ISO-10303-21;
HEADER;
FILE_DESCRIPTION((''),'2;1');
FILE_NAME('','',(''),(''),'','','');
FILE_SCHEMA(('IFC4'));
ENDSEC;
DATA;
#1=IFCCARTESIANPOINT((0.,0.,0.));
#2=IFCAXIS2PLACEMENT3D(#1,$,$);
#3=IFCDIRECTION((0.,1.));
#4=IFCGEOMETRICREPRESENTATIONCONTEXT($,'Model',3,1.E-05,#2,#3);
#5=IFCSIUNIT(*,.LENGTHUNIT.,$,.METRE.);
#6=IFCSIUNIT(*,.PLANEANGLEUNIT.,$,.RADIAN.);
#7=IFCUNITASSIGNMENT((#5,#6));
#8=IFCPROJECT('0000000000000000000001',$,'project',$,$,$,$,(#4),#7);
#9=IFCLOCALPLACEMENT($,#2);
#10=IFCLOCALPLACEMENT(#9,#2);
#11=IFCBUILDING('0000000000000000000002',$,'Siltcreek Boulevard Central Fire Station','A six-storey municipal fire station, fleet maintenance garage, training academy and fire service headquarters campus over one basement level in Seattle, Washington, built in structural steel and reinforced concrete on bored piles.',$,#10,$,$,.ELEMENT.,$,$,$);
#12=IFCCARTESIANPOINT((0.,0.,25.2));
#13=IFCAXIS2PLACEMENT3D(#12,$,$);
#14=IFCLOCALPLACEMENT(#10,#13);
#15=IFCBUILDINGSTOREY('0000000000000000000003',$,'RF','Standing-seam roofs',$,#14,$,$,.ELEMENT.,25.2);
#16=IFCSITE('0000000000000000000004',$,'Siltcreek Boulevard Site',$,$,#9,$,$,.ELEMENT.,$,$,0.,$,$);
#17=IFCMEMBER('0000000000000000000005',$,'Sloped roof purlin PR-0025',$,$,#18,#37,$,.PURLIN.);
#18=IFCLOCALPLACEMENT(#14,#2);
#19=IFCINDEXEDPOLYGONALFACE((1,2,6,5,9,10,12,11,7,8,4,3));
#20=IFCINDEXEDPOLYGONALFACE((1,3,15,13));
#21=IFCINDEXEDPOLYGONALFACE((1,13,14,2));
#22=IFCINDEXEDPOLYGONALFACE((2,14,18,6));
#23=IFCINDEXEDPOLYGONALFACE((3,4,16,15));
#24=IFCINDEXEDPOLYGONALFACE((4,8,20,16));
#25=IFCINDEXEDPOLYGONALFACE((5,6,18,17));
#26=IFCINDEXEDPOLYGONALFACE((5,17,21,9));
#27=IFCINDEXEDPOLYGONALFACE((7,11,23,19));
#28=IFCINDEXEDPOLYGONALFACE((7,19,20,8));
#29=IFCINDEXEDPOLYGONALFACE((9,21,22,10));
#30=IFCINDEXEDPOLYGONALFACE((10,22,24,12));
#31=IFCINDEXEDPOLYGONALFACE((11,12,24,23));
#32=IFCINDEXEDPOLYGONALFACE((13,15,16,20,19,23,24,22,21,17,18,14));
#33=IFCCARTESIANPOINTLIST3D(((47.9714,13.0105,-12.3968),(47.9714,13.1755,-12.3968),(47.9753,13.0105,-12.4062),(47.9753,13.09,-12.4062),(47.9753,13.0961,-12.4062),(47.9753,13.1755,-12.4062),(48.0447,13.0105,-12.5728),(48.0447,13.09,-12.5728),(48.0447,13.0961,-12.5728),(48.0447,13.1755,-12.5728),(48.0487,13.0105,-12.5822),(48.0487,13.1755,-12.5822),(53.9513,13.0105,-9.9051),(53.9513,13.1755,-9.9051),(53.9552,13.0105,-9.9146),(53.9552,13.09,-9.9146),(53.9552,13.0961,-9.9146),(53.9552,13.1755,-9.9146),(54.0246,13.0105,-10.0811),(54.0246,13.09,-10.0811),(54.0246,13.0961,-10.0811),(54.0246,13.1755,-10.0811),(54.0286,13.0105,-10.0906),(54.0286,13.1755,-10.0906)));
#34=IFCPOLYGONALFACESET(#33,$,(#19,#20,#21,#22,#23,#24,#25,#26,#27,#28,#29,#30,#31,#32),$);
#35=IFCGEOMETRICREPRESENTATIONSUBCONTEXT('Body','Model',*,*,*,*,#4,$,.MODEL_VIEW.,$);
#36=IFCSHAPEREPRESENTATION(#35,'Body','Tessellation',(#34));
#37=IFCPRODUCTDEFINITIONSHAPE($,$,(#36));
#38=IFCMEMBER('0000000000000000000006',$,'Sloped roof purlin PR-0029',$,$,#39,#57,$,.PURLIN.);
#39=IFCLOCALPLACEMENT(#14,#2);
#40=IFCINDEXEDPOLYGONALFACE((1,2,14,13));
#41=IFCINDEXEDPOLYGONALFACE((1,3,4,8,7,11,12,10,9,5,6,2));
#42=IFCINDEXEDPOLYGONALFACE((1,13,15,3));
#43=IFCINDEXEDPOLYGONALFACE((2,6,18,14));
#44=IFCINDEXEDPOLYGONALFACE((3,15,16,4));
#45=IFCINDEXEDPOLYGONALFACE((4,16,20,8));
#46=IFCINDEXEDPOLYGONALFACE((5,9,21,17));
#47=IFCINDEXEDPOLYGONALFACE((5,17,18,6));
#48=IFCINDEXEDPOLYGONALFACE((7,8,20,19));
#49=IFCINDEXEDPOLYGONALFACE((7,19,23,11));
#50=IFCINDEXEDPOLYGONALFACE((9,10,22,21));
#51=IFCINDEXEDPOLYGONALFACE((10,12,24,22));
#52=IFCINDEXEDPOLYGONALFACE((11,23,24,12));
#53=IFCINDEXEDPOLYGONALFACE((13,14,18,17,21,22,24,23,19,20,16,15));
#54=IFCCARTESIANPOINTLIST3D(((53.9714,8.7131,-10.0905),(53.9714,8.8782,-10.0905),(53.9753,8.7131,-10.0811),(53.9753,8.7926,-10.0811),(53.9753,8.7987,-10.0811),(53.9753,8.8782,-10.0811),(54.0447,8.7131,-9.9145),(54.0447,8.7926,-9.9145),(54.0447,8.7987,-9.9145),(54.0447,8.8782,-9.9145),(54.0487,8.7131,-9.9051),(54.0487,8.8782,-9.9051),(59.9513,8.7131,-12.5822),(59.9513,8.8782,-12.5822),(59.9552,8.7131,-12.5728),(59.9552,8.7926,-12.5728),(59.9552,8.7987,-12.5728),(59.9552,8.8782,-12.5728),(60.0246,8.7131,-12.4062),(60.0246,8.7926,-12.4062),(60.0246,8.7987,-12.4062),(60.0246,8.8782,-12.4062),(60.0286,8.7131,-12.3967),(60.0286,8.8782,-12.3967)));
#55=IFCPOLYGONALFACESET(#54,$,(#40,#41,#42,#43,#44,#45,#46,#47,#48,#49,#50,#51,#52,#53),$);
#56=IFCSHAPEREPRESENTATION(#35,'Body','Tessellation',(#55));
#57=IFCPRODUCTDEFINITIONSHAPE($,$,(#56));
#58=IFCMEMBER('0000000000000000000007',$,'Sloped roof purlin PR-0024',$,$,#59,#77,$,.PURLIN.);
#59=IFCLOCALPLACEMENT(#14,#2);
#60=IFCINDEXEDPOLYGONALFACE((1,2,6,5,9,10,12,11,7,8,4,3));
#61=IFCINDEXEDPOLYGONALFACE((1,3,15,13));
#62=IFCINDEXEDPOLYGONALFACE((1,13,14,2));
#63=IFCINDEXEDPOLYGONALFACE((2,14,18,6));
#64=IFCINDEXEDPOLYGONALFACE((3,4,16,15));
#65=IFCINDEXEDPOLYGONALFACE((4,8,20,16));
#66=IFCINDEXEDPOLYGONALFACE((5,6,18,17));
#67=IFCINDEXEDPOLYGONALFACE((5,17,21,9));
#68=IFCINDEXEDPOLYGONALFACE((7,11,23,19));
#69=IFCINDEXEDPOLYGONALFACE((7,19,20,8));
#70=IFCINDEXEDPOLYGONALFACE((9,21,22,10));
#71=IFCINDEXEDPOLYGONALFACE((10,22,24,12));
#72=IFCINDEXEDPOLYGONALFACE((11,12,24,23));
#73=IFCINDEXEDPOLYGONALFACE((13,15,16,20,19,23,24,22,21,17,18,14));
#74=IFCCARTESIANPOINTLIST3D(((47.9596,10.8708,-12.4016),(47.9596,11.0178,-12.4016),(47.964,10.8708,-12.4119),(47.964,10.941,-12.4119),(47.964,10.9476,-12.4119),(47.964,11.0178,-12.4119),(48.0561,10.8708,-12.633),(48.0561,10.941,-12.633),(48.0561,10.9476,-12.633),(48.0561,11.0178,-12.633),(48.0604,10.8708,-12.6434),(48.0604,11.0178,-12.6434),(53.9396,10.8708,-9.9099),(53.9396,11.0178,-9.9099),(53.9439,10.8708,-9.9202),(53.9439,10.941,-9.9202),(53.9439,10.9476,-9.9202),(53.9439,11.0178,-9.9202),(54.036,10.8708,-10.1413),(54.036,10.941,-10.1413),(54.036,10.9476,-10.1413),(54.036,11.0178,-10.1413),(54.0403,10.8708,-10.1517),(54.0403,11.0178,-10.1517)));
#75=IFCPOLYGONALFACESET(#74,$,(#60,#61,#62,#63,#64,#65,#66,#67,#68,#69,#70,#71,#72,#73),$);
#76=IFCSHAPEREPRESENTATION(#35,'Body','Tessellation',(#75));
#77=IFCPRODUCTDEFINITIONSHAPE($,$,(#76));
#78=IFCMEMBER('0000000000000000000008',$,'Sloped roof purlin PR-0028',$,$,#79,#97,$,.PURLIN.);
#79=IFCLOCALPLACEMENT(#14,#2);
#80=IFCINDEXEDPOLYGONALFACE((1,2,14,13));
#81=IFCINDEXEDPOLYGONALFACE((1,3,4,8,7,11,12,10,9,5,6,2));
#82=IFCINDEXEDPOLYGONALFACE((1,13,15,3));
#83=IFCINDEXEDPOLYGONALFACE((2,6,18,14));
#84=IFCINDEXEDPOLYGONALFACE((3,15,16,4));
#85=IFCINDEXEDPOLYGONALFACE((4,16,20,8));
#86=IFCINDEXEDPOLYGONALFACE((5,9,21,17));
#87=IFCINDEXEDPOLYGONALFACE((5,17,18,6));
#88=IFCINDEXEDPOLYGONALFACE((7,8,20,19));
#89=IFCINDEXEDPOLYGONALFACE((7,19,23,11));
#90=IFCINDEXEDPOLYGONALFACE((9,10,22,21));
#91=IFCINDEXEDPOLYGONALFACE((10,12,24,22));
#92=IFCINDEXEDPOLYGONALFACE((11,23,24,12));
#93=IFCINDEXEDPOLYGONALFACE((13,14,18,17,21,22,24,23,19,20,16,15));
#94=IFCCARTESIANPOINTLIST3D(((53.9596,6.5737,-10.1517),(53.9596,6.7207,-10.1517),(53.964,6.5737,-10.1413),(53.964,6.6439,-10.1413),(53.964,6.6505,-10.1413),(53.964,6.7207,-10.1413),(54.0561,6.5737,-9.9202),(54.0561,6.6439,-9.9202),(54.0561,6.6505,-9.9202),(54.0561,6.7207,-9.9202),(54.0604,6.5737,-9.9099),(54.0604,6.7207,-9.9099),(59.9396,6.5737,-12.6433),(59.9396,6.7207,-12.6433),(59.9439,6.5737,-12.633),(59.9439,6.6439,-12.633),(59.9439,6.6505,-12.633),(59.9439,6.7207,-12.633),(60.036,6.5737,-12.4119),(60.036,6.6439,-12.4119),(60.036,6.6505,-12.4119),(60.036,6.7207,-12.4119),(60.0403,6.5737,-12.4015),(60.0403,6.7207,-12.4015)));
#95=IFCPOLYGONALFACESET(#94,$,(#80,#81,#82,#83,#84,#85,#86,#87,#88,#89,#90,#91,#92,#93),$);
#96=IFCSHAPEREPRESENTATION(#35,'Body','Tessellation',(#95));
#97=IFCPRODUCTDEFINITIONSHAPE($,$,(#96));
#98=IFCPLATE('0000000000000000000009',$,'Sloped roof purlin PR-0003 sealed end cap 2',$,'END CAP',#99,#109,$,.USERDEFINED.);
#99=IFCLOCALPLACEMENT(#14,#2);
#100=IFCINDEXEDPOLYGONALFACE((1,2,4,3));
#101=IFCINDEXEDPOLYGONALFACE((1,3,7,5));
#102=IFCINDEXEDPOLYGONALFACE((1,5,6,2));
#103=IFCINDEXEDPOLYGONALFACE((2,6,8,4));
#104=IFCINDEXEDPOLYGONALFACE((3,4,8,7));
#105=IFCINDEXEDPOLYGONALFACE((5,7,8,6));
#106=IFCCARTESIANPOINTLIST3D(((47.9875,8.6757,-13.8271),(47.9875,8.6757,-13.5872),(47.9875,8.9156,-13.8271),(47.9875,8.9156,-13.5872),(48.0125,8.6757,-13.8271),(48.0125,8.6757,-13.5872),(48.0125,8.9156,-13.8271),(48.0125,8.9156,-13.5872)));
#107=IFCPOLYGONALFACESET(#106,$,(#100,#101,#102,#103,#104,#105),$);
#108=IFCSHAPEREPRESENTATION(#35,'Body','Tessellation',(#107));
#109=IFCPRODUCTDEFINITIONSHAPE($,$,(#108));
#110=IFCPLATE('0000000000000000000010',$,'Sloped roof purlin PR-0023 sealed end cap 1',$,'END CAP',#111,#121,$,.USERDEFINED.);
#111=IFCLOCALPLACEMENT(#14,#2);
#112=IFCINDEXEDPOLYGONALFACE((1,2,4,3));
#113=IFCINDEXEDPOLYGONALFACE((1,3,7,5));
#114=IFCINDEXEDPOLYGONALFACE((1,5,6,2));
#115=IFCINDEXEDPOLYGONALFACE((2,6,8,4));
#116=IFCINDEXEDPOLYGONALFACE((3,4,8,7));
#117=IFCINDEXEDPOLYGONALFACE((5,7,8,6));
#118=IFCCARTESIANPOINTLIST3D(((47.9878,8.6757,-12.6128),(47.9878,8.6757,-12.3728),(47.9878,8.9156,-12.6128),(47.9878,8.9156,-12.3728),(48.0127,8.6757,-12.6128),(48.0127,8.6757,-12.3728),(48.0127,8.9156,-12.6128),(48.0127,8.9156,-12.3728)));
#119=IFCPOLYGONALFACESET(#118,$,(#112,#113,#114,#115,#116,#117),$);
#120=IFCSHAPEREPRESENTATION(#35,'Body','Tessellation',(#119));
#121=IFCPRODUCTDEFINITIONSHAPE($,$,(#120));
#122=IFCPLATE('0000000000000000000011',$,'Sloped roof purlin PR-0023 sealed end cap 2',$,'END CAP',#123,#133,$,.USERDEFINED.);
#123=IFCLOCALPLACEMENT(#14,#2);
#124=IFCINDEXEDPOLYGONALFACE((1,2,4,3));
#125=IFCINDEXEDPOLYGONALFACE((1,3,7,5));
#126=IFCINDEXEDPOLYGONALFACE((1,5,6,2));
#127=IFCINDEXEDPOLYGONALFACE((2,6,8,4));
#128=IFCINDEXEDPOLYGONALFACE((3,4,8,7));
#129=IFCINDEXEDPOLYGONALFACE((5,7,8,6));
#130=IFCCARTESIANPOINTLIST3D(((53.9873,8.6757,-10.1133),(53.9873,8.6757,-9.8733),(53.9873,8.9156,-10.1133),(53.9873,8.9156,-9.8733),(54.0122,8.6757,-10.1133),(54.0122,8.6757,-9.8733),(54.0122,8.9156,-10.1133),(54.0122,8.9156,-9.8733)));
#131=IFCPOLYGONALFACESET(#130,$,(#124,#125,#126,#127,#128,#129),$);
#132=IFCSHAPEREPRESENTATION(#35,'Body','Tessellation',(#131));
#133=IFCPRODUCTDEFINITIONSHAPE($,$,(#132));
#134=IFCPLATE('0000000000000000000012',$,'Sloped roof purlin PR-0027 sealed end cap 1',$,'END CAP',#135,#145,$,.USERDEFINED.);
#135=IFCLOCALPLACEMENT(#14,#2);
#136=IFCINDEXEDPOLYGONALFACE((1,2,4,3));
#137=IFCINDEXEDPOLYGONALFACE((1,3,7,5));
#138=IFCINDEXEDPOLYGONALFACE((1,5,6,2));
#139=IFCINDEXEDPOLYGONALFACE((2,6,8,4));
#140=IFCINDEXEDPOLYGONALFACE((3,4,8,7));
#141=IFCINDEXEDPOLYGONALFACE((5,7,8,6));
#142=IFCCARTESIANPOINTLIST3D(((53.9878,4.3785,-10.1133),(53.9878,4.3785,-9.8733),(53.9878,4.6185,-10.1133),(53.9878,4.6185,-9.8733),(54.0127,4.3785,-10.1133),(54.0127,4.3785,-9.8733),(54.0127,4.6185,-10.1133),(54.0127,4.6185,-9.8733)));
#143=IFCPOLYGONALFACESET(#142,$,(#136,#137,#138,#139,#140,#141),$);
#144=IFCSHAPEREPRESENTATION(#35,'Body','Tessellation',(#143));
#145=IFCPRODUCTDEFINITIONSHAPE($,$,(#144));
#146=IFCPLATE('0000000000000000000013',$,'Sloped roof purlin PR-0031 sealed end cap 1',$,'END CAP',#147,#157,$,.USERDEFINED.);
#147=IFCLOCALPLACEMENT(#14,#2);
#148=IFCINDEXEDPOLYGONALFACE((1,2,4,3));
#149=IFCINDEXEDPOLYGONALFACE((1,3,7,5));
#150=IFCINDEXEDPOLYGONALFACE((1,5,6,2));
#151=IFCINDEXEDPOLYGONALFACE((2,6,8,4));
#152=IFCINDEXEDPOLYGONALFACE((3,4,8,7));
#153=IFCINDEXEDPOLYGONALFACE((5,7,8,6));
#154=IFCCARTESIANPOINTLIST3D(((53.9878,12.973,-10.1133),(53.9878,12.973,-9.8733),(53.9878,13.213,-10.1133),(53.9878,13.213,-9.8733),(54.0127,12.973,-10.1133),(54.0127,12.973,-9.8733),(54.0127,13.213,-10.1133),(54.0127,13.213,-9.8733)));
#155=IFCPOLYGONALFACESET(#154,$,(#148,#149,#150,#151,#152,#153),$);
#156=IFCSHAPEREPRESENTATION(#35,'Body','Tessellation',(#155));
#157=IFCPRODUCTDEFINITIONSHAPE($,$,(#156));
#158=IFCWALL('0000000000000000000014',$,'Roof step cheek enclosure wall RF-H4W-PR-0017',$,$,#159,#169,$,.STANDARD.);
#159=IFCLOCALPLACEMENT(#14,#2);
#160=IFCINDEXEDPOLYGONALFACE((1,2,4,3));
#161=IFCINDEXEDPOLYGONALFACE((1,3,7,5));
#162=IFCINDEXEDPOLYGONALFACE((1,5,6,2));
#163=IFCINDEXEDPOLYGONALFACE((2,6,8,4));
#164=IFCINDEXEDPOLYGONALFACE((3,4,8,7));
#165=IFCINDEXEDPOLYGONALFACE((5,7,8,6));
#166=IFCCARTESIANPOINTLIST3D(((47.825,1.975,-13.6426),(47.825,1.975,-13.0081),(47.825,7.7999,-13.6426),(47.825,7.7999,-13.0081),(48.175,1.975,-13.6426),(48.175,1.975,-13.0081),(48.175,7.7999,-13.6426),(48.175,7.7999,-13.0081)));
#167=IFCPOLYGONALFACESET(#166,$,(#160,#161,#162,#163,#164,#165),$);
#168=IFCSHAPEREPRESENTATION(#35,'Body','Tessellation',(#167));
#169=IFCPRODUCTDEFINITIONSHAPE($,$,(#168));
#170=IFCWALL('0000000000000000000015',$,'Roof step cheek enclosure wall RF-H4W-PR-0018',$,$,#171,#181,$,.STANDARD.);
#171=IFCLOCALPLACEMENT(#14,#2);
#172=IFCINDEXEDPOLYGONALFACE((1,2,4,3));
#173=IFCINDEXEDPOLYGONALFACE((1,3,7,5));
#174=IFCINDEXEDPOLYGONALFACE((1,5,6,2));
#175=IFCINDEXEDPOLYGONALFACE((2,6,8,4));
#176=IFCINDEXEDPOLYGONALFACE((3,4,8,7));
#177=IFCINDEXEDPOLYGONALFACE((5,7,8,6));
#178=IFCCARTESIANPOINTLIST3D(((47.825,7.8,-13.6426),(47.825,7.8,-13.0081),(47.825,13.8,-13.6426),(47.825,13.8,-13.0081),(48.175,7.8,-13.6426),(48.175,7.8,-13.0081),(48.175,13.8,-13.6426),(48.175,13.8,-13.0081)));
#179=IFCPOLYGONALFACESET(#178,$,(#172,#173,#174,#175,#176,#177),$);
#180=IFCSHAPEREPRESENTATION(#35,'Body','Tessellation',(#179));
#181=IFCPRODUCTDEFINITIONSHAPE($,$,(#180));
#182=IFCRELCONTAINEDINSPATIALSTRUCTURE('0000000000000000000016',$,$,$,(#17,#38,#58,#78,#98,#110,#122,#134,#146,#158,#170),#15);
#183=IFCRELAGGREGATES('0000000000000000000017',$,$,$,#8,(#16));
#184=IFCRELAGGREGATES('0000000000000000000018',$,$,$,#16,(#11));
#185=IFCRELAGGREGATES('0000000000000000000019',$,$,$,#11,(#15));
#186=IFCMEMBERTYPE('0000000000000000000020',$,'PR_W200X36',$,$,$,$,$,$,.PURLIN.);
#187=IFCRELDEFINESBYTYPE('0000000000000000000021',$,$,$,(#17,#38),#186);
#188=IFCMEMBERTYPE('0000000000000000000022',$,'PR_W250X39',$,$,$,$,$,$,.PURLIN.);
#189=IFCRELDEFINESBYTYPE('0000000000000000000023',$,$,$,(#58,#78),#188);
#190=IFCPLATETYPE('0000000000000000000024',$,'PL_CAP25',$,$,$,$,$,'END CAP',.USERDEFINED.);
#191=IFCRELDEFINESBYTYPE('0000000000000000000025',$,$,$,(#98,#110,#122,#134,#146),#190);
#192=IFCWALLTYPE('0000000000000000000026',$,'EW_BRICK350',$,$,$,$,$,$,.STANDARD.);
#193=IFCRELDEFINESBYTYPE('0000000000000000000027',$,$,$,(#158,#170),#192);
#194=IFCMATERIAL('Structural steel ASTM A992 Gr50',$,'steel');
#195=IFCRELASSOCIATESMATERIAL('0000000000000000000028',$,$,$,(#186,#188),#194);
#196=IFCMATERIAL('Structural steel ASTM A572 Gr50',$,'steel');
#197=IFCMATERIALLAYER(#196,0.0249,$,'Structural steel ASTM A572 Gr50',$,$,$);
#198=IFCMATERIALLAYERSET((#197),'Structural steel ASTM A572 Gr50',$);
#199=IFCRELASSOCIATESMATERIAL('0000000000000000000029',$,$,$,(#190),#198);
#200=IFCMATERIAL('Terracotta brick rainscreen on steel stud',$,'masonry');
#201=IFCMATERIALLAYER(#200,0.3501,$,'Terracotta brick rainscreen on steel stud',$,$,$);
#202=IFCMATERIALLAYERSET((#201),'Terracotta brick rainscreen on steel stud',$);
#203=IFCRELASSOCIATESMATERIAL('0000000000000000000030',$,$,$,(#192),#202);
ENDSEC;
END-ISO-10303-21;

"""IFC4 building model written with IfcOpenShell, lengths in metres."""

from ifc_helpers import new_model, si_unit, direction, frame, frame_2d, origin, origin_2d, place, context, subcontext, project, spatial, rectangle, i_section, extrude, material, layer, layer_set, material_profile, profile_set, type_object, element, save


model = new_model("IFC4")

# Units and contexts
model_context = context("Model", 3, precision=1e-05, world=origin(), true_north=direction((0.0, 1.0)))
body_context = subcontext(model_context, "Body", "Model", "MODEL_VIEW")
ifc_project = project(units=[si_unit("LENGTHUNIT", "METRE"), si_unit("PLANEANGLEUNIT", "RADIAN")], contexts=[model_context])

# Site, building, storey
site_placement = place(None, origin())
site = spatial("IfcSite", under=ifc_project, at=site_placement, Name="Siltcreek Boulevard Site", CompositionType="ELEMENT", RefElevation=0.0)
building_placement = place(site_placement, origin())
building = spatial("IfcBuilding", under=site, at=building_placement, Name="Siltcreek Boulevard Central Fire Station", Description="A six-storey municipal fire station, fleet maintenance garage, training academy and fire service headquarters campus over one basement level in Seattle, Washington, built in structural steel and reinforced concrete on bored piles.", CompositionType="ELEMENT")
storey_placement = place(building_placement, frame((0.0, 0.0, 25.2)))
storey = spatial("IfcBuildingStorey", under=building, at=storey_placement, Name="RF", Description="Standing-seam roofs", CompositionType="ELEMENT", Elevation=25.2)

# Members
ifc_material_1 = material(Name="Structural steel ASTM A992 Gr50", Category="steel")
ifc_material_profile_1 = material_profile(ifc_material_1, i_section(OverallWidth=0.165, OverallDepth=0.2009, WebThickness=0.0061, FlangeThickness=0.0103, at=origin_2d()), Name="W200X36")
ifc_profile_set_1 = profile_set([ifc_material_profile_1], Name="Structural steel ASTM A992 Gr50")
member_type_1 = type_object("IfcMemberType", Name="PR_W200X36", PredefinedType="PURLIN", material=ifc_profile_set_1)
for number, where, z_axis, x_axis, name in (
    (1, (48.01, 13.093, -12.4895), (0.923075, 0.0, 0.384621), (0.0, 1.0, 0.0), "Sloped roof purlin PR-0025"),
    (2, (54.01, 8.7957, -9.9978), (0.923075, 0.0, -0.384621), (0.0, 1.0, 0.0), "Sloped roof purlin PR-0029"),
):
    element("IfcMember", number, at=place(storey_placement, frame(where, z_axis=z_axis, x_axis=x_axis)), inside=storey, type_object=member_type_1, Name=name, PredefinedType="PURLIN", context=body_context, shape_type="SweptSolid", body=[
        extrude(i_section(OverallWidth=0.165, OverallDepth=0.2009, WebThickness=0.0061, FlangeThickness=0.0103, at=origin_2d()), origin(), (0.0, 0.0, 1.0), 6.4783),
    ])
ifc_material_profile_2 = material_profile(ifc_material_1, i_section(OverallWidth=0.147, OverallDepth=0.262, WebThickness=0.0066, FlangeThickness=0.0112, at=origin_2d()), Name="W250X39")
ifc_profile_set_2 = profile_set([ifc_material_profile_2], Name="Structural steel ASTM A992 Gr50")
member_type_2 = type_object("IfcMemberType", Name="PR_W250X39", PredefinedType="PURLIN", material=ifc_profile_set_2)
for number, where, z_axis, x_axis, name in (
    (3, (48.01, 10.9443, -12.5225), (0.923075, 0.0, 0.384621), (0.0, 1.0, 0.0), "Sloped roof purlin PR-0024"),
    (4, (54.01, 6.6472, -10.0308), (0.923075, 0.0, -0.384621), (0.0, 1.0, 0.0), "Sloped roof purlin PR-0028"),
):
    element("IfcMember", number, at=place(storey_placement, frame(where, z_axis=z_axis, x_axis=x_axis)), inside=storey, type_object=member_type_2, Name=name, PredefinedType="PURLIN", context=body_context, shape_type="SweptSolid", body=[
        extrude(i_section(OverallWidth=0.147, OverallDepth=0.262, WebThickness=0.0066, FlangeThickness=0.0112, at=origin_2d()), origin(), (0.0, 0.0, 1.0), 6.4783),
    ])

# Plates
ifc_material_2 = material(Name="Structural steel ASTM A572 Gr50", Category="steel")
ifc_layer_1 = layer(ifc_material_2, 0.0249, Name="Structural steel ASTM A572 Gr50")
ifc_layer_set_1 = layer_set([ifc_layer_1], Name="Structural steel ASTM A572 Gr50")
plate_type = type_object("IfcPlateType", Name="PL_CAP25", ElementType="END CAP", PredefinedType="USERDEFINED", material=ifc_layer_set_1)
for number, where, z_axis, x_axis, name in (
    (5, (48.0, 8.7957, -13.8271), (0.0, 0.0, 1.0), (1.0, 0.0, 0.0), "Sloped roof purlin PR-0003 sealed end cap 2"),
    (6, (48.0002, 8.7957, -12.6128), (0.0, 0.0, 1.0), (1.0, 0.0, 0.0), "Sloped roof purlin PR-0023 sealed end cap 1"),
    (7, (53.9998, 8.7957, -10.1133), (0.0, 0.0, 1.0), (1.0, 0.0, 0.0), "Sloped roof purlin PR-0023 sealed end cap 2"),
    (8, (54.0002, 4.4985, -10.1133), (0.0, 0.0, 1.0), (1.0, 0.0, 0.0), "Sloped roof purlin PR-0027 sealed end cap 1"),
    (9, (54.0002, 13.093, -10.1133), (0.0, 0.0, 1.0), (1.0, 0.0, 0.0), "Sloped roof purlin PR-0031 sealed end cap 1"),
):
    element("IfcPlate", number, at=place(storey_placement, frame(where, z_axis=z_axis, x_axis=x_axis)), inside=storey, type_object=plate_type, Name=name, ObjectType="END CAP", PredefinedType="USERDEFINED", context=body_context, shape_type="SweptSolid", body=[
        extrude(rectangle(XDim=0.0249, YDim=0.24, at=origin_2d()), origin(), (0.0, 0.0, 1.0), 0.24),
    ])

# Walls
ifc_material_3 = material(Name="Terracotta brick rainscreen on steel stud", Category="masonry")
ifc_layer_2 = layer(ifc_material_3, 0.3501, Name="Terracotta brick rainscreen on steel stud")
ifc_layer_set_2 = layer_set([ifc_layer_2], Name="Terracotta brick rainscreen on steel stud")
wall_type = type_object("IfcWallType", Name="EW_BRICK350", PredefinedType="STANDARD", material=ifc_layer_set_2)
wall_1_placement = place(storey_placement, frame((48.0, 7.8, -13.6426), z_axis=(0.0, 0.0, 1.0), x_axis=(0.0, -1.0, 0.0)))
element("IfcWall", 10, at=wall_1_placement, inside=storey, type_object=wall_type, Name="Roof step cheek enclosure wall RF-H4W-PR-0017", PredefinedType="STANDARD", context=body_context, shape_type="SweptSolid", body=[
    extrude(rectangle(XDim=5.825, YDim=0.3501, at=frame_2d((2.9126, 0.0))), origin(), (0.0, 0.0, 1.0), 0.6345),
])
wall_2_placement = place(storey_placement, frame((48.0, 13.8, -13.6426), z_axis=(0.0, 0.0, 1.0), x_axis=(0.0, -1.0, 0.0)))
element("IfcWall", 11, at=wall_2_placement, inside=storey, type_object=wall_type, Name="Roof step cheek enclosure wall RF-H4W-PR-0018", PredefinedType="STANDARD", context=body_context, shape_type="SweptSolid", body=[
    extrude(rectangle(XDim=6.0, YDim=0.3501, at=frame_2d((3.0, 0.0))), origin(), (0.0, 0.0, 1.0), 0.6345),
])

save(model, "model.ifc")
